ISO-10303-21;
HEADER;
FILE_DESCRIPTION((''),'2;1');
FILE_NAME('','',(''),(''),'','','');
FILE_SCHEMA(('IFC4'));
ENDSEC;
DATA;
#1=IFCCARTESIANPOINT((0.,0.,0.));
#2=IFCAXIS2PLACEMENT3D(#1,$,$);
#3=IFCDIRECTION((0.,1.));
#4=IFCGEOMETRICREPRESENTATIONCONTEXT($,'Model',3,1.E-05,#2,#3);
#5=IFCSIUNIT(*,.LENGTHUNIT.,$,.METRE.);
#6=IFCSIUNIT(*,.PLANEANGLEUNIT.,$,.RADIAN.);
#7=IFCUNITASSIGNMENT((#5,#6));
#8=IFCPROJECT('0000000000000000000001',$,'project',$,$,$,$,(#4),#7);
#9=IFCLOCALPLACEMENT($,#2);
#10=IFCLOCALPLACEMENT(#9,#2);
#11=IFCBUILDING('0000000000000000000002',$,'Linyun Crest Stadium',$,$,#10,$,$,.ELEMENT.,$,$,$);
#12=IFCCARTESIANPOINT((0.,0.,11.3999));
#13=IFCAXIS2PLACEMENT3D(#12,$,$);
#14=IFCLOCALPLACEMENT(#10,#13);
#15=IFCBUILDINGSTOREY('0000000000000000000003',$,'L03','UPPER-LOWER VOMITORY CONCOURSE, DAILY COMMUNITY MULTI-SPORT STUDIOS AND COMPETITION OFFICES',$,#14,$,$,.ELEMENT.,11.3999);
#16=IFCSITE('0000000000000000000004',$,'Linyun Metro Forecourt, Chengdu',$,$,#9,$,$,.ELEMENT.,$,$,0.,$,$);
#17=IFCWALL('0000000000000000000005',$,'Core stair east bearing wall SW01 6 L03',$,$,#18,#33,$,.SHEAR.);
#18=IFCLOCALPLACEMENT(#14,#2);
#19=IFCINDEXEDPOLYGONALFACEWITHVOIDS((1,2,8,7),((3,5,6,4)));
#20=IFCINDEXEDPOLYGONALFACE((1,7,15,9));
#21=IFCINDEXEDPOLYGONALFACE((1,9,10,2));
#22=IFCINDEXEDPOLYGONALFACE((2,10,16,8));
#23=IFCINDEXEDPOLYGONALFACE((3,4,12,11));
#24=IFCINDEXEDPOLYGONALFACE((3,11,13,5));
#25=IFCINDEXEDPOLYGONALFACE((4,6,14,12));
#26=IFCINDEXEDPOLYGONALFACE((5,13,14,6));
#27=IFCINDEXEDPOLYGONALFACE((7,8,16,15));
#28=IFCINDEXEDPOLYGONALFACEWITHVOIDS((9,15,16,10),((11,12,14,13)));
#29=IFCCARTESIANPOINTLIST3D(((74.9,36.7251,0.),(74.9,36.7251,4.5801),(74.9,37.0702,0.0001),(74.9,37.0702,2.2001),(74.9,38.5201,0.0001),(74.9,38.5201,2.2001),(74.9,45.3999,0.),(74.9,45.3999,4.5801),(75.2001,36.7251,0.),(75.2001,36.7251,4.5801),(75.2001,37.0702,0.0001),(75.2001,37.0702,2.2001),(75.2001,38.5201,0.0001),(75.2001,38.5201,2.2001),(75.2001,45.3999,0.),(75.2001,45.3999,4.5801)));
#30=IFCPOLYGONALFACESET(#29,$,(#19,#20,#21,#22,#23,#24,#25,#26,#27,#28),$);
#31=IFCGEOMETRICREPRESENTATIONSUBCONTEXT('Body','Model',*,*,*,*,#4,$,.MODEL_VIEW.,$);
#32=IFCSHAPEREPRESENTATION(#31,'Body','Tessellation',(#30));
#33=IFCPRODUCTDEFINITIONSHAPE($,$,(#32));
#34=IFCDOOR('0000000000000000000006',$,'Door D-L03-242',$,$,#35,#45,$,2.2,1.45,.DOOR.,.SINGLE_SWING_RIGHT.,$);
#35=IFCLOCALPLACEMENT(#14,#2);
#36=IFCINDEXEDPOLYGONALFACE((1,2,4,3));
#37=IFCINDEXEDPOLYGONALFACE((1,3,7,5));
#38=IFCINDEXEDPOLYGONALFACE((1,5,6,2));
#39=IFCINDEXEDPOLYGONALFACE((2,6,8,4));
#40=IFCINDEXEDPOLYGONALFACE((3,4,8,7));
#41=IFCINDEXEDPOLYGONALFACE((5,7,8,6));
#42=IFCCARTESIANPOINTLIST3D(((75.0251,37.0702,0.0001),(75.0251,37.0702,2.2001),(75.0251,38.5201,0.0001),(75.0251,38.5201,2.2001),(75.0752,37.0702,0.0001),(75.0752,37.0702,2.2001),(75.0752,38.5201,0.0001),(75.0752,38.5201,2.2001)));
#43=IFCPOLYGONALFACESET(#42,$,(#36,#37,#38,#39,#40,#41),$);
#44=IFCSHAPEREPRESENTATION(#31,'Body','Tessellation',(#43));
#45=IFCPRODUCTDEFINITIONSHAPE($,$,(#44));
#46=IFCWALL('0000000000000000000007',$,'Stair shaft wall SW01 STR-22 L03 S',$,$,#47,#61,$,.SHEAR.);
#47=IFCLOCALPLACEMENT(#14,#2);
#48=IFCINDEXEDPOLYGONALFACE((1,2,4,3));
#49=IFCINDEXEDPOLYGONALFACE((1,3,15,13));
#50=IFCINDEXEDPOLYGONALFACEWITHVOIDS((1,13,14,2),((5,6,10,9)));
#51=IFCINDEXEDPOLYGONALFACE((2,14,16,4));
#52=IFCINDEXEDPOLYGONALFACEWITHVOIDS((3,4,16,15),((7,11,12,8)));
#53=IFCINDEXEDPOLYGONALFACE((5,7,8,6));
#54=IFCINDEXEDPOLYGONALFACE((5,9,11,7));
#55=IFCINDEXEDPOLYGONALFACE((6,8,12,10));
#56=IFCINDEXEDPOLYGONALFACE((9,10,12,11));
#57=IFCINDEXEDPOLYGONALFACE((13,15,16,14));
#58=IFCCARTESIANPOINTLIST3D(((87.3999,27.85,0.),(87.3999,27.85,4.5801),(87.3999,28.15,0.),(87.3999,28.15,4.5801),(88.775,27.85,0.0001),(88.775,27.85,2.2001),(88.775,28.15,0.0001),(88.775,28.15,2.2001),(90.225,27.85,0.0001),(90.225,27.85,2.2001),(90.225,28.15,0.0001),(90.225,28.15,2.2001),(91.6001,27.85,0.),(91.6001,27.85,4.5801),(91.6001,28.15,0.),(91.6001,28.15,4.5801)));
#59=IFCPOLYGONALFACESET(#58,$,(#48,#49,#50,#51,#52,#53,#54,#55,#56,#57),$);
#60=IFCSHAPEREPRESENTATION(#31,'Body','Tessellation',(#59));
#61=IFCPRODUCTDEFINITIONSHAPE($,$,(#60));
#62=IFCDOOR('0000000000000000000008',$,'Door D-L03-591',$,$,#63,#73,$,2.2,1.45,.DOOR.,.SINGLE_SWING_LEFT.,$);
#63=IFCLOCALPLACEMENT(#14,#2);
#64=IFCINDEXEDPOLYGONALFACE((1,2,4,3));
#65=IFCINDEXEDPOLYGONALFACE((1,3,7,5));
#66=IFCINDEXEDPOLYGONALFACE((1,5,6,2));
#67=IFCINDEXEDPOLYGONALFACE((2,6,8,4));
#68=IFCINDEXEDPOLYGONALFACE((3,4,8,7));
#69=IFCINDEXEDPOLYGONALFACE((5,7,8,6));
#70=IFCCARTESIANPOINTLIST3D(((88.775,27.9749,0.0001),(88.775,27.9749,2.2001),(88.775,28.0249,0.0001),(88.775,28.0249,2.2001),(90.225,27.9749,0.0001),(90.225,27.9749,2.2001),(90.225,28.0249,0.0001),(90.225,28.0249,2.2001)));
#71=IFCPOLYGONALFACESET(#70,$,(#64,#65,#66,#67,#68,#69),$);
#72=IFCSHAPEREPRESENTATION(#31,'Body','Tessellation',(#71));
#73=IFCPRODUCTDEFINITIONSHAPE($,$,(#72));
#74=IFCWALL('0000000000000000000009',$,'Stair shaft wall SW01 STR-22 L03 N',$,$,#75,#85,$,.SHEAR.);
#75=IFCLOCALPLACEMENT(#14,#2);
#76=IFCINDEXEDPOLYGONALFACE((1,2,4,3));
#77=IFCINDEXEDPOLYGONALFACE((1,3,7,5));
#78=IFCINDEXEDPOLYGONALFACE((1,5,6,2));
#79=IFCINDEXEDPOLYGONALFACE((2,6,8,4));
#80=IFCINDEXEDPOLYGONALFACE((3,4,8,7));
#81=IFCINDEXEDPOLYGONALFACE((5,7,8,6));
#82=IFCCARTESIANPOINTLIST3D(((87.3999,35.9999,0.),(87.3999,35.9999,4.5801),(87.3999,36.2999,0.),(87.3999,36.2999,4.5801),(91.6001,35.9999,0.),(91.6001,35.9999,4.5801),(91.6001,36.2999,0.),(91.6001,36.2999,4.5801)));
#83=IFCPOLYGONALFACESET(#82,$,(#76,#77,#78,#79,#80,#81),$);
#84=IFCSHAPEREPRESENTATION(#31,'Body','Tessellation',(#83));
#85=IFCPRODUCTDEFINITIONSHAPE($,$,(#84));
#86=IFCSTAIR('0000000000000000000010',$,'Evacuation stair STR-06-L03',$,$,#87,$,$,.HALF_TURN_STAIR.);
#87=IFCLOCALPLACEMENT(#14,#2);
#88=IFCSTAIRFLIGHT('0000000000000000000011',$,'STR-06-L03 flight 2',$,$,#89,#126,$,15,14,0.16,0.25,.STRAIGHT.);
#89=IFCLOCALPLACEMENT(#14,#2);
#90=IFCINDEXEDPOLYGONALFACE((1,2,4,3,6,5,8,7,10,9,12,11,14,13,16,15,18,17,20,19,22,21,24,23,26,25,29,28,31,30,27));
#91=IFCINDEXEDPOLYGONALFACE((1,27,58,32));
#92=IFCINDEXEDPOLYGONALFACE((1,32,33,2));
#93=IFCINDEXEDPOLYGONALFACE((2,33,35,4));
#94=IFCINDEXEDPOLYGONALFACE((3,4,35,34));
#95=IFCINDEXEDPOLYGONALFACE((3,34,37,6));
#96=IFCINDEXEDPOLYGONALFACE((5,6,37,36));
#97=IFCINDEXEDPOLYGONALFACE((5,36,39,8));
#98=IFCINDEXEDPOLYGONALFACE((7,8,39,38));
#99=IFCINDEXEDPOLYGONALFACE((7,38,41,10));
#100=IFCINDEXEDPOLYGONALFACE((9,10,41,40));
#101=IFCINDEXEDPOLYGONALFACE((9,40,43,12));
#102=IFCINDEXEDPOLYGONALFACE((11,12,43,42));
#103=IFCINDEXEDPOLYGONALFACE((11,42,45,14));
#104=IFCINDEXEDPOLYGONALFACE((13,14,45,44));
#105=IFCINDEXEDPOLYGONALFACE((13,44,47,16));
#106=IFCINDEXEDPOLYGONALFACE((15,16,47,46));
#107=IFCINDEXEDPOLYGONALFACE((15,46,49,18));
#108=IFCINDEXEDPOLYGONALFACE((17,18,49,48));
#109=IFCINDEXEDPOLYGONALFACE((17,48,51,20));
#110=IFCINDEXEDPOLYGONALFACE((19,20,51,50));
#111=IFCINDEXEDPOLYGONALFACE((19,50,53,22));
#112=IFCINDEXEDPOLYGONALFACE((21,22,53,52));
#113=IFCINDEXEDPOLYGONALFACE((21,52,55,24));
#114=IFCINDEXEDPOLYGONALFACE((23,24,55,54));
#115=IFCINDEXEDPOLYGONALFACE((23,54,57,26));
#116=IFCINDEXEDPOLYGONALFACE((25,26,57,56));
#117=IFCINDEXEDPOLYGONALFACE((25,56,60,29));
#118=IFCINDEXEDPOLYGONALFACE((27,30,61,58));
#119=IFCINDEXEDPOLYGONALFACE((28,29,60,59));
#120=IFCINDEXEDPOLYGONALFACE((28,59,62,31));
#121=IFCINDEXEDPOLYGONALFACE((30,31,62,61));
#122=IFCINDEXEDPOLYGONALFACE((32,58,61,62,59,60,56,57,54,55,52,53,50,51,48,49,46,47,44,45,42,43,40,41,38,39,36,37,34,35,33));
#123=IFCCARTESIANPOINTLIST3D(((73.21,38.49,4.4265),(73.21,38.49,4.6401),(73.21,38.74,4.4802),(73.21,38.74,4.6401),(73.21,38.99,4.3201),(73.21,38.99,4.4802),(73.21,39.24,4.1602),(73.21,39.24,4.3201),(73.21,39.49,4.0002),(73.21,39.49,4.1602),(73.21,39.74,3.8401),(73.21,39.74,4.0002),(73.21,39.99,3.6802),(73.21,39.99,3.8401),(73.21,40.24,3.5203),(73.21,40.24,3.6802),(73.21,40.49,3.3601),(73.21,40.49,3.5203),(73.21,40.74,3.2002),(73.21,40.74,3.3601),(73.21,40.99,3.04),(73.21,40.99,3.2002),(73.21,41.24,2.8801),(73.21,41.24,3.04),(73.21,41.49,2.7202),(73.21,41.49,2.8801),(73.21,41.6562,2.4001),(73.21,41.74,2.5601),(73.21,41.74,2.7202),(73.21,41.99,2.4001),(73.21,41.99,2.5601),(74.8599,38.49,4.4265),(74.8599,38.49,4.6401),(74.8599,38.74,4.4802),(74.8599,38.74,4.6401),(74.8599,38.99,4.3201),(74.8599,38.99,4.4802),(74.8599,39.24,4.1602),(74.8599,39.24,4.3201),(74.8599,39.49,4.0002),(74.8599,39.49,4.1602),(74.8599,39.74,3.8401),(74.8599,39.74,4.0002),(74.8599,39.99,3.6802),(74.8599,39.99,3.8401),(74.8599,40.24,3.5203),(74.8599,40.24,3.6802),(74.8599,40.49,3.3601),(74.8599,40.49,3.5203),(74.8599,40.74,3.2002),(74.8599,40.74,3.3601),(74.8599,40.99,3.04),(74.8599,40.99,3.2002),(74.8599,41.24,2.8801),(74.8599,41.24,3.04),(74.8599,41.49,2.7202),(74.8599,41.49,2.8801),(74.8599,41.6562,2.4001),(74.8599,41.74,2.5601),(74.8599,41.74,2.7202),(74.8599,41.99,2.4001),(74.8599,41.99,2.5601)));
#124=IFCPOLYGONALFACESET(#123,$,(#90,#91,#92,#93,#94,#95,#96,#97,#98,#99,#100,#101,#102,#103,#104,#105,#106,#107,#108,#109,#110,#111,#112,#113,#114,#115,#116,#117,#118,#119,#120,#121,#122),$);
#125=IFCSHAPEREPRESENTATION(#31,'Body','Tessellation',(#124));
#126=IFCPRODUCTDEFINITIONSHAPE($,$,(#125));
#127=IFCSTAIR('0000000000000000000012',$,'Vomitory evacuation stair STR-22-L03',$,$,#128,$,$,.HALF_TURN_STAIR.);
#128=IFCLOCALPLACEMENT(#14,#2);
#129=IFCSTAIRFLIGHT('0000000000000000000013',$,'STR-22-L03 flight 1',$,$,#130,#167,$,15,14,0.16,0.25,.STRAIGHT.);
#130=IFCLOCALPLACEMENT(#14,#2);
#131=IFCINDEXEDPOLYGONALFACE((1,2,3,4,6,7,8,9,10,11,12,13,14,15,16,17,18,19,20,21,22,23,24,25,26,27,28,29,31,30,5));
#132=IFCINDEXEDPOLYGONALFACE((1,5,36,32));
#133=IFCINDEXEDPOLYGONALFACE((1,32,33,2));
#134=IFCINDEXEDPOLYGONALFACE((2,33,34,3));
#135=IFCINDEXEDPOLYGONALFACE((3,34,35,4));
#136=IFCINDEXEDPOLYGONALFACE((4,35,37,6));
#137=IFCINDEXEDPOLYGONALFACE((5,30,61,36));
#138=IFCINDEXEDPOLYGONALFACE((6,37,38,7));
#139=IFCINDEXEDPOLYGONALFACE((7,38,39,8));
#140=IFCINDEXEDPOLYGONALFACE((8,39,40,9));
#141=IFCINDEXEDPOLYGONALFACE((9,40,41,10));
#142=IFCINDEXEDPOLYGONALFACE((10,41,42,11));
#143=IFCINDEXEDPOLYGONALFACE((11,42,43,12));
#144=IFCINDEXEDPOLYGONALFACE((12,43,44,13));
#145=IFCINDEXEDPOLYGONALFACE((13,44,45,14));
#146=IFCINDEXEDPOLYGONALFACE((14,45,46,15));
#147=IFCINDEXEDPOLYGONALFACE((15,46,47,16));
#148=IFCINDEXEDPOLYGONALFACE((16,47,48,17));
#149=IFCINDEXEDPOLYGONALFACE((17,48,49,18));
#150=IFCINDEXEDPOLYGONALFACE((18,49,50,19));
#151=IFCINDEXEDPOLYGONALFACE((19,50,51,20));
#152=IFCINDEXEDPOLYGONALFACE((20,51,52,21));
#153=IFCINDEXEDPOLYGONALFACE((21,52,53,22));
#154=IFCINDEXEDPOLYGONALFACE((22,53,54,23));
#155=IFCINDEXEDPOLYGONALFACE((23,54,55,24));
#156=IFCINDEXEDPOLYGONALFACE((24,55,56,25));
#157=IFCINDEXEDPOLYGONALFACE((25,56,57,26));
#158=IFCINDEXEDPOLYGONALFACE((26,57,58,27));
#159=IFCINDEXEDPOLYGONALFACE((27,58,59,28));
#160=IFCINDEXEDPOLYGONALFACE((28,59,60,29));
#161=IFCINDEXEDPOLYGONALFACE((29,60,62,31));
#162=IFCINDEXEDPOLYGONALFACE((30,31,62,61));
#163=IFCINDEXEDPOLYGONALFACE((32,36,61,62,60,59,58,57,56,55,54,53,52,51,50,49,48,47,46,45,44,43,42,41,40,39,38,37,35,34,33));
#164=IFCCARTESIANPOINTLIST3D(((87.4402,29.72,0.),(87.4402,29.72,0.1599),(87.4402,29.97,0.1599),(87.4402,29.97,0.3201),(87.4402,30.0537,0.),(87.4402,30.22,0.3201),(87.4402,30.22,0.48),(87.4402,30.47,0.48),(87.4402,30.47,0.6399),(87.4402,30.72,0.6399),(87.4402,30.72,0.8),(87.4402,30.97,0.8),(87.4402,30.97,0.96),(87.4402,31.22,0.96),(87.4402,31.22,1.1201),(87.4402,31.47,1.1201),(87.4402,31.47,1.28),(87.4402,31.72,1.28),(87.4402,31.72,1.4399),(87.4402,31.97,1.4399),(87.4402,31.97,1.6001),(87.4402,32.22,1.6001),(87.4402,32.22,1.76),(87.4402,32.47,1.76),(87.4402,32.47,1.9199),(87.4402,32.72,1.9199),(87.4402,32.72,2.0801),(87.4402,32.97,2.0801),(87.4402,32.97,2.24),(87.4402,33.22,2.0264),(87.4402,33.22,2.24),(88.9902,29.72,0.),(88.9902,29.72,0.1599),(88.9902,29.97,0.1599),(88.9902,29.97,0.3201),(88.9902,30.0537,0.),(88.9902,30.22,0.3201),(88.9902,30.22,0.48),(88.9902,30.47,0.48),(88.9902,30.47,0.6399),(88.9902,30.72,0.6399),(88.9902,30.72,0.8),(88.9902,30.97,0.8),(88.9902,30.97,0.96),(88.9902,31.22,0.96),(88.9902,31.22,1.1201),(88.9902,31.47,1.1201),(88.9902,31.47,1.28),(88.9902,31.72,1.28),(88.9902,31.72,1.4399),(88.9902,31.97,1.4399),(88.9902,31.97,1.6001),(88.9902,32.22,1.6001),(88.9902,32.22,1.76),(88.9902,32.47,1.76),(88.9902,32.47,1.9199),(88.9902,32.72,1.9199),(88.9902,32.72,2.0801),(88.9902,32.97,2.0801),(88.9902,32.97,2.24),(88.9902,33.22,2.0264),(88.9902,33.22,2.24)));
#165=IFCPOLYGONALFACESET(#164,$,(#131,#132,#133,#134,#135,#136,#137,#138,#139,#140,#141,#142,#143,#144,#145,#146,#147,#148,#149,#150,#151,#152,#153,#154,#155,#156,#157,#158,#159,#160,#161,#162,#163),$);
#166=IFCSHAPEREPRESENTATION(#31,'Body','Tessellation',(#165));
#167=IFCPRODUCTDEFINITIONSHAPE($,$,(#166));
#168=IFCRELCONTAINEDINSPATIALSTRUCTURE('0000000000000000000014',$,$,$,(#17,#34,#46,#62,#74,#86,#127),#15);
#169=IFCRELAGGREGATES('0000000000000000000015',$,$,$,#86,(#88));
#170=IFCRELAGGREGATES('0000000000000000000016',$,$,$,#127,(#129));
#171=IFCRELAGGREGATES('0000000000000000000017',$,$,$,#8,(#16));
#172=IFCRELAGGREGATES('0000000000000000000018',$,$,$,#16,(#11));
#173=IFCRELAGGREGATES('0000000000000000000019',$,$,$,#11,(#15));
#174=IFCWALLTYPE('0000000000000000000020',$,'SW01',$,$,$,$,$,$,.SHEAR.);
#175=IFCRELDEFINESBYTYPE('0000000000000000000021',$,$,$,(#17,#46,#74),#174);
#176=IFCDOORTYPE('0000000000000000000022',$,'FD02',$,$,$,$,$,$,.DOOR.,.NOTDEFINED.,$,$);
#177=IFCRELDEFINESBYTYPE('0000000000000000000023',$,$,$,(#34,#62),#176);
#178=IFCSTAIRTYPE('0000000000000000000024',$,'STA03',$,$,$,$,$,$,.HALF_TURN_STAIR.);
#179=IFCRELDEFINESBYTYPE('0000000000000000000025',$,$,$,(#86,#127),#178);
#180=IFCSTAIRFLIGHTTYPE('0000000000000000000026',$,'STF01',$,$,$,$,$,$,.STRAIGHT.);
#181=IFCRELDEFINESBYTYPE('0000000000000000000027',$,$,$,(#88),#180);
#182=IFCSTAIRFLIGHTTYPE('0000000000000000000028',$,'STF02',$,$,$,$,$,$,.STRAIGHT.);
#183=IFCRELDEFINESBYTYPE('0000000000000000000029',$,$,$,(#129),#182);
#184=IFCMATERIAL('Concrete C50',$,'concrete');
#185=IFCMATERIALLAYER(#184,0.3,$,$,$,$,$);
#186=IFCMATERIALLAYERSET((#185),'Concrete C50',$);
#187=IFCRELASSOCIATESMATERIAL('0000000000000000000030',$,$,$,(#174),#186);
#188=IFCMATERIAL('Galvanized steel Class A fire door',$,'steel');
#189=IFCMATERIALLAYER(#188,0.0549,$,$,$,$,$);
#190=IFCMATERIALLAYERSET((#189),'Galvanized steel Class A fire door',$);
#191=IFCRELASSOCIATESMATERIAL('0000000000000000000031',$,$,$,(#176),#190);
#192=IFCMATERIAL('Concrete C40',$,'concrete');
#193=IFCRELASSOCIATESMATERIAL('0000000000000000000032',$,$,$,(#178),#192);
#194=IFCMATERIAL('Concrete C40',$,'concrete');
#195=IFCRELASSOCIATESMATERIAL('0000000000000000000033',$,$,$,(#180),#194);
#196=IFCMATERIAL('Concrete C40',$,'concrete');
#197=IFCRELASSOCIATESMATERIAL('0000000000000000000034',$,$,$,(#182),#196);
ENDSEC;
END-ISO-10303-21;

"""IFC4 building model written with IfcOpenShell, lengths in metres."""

from ifc_helpers import new_model, si_unit, direction, frame, frame_2d, origin, place, context, subcontext, project, spatial, polyline, rectangle, outline, extrude, material, layer, layer_set, type_object, element, fill, aggregate, save


model = new_model("IFC4")

# Units and contexts
model_context = context("Model", 3, precision=1e-05, world=origin(), true_north=direction((0.0, 1.0)))
body_context = subcontext(model_context, "Body", "Model", "MODEL_VIEW")
ifc_project = project(units=[si_unit("LENGTHUNIT", "METRE"), si_unit("PLANEANGLEUNIT", "RADIAN")], contexts=[model_context])

# Site, building, storey
site_placement = place(None, origin())
site = spatial("IfcSite", under=ifc_project, at=site_placement, Name="Linyun Metro Forecourt, Chengdu", CompositionType="ELEMENT", RefElevation=0.0)
building_placement = place(site_placement, origin())
building = spatial("IfcBuilding", under=site, at=building_placement, Name="Linyun Crest Stadium", CompositionType="ELEMENT")
storey_placement = place(building_placement, frame((0.0, 0.0, 11.3999)))
storey = spatial("IfcBuildingStorey", under=building, at=storey_placement, Name="L03", Description="UPPER-LOWER VOMITORY CONCOURSE, DAILY COMMUNITY MULTI-SPORT STUDIOS AND COMPETITION OFFICES", CompositionType="ELEMENT", Elevation=11.3999)

# Walls, openings, doors
ifc_material_1 = material(Name="Concrete C50", Category="concrete")
ifc_layer_1 = layer(ifc_material_1, 0.3)
ifc_layer_set_1 = layer_set([ifc_layer_1], Name="Concrete C50")
wall_type_1 = type_object("IfcWallType", Name="SW01", PredefinedType="SHEAR", material=ifc_layer_set_1)
wall_1_placement = place(storey_placement, frame((75.05, 36.7251, 0.0), z_axis=(0.0, 0.0, 1.0), x_axis=(0.0, 1.0, 0.0)))
wall_1 = element("IfcWall", 1, at=wall_1_placement, inside=storey, type_object=wall_type_1, Name="Core stair east bearing wall SW01 6 L03", PredefinedType="SHEAR", context=body_context, shape_type="SweptSolid", body=[
    extrude(rectangle(XDim=8.6748, YDim=0.3, at=frame_2d((4.3374, 0.0))), origin(), (0.0, 0.0, 1.0), 4.5801),
])
opening_1_placement = place(wall_1_placement, frame((0.345, 0.0, 0.0)))
opening_1 = element("IfcOpeningElement", 2, at=opening_1_placement, cuts=wall_1, PredefinedType="OPENING", context=body_context, shape_type="SweptSolid", body=[
    extrude(rectangle(XDim=1.45, YDim=2.2, at=frame_2d((0.7251, 1.1001))), frame((0.0, 0.1599, 0.0), z_axis=(0.0, -1.0, 0.0), x_axis=(1.0, 0.0, 0.0)), (0.0, 0.0, 1.0), 0.3201),
])
ifc_material_2 = material(Name="Galvanized steel Class A fire door", Category="steel")
ifc_layer_2 = layer(ifc_material_2, 0.0549)
ifc_layer_set_2 = layer_set([ifc_layer_2], Name="Galvanized steel Class A fire door")
door_type_1 = type_object("IfcDoorType", Name="FD02", OperationType="NOTDEFINED", PredefinedType="DOOR", material=ifc_layer_set_2)
door_1_placement = place(opening_1_placement, origin())
door_1 = element("IfcDoor", 3, at=door_1_placement, inside=storey, type_object=door_type_1, Name="Door D-L03-242", OperationType="SINGLE_SWING_RIGHT", OverallHeight=2.2, OverallWidth=1.45, PredefinedType="DOOR", context=body_context, shape_type="SweptSolid", body=[
    extrude(rectangle(XDim=1.45, YDim=2.2, at=frame_2d((0.7251, 1.1001))), frame((0.0, 0.0249, 0.0), z_axis=(0.0, -1.0, 0.0), x_axis=(1.0, 0.0, 0.0)), (0.0, 0.0, 1.0), 0.05),
])
fill(opening_1, door_1)
wall_2_placement = place(storey_placement, frame((87.3999, 28.0, 0.0), z_axis=(0.0, 0.0, 1.0), x_axis=(1.0, 0.0, 0.0)))
wall_2 = element("IfcWall", 4, at=wall_2_placement, inside=storey, type_object=wall_type_1, Name="Stair shaft wall SW01 STR-22 L03 S", PredefinedType="SHEAR", context=body_context, shape_type="SweptSolid", body=[
    extrude(rectangle(XDim=4.2002, YDim=0.3, at=frame_2d((2.1001, 0.0))), origin(), (0.0, 0.0, 1.0), 4.5801),
])
opening_2_placement = place(wall_2_placement, frame((1.375, 0.0, 0.0)))
opening_2 = element("IfcOpeningElement", 5, at=opening_2_placement, cuts=wall_2, PredefinedType="OPENING", context=body_context, shape_type="SweptSolid", body=[
    extrude(rectangle(XDim=1.45, YDim=2.2, at=frame_2d((0.7251, 1.1001))), frame((0.0, 0.1599, 0.0), z_axis=(0.0, -1.0, 0.0), x_axis=(1.0, 0.0, 0.0)), (0.0, 0.0, 1.0), 0.3201),
])
door_2_placement = place(opening_2_placement, origin())
door_2 = element("IfcDoor", 6, at=door_2_placement, inside=storey, type_object=door_type_1, Name="Door D-L03-591", OperationType="SINGLE_SWING_LEFT", OverallHeight=2.2, OverallWidth=1.45, PredefinedType="DOOR", context=body_context, shape_type="SweptSolid", body=[
    extrude(rectangle(XDim=1.45, YDim=2.2, at=frame_2d((0.7251, 1.1001))), frame((0.0, 0.0249, 0.0), z_axis=(0.0, -1.0, 0.0), x_axis=(1.0, 0.0, 0.0)), (0.0, 0.0, 1.0), 0.05),
])
fill(opening_2, door_2)

# Wall
wall_3_placement = place(storey_placement, frame((87.3999, 36.1499, 0.0), z_axis=(0.0, 0.0, 1.0), x_axis=(1.0, 0.0, 0.0)))
element("IfcWall", 7, at=wall_3_placement, inside=storey, type_object=wall_type_1, Name="Stair shaft wall SW01 STR-22 L03 N", PredefinedType="SHEAR", context=body_context, shape_type="SweptSolid", body=[
    extrude(rectangle(XDim=4.2002, YDim=0.3, at=frame_2d((2.1001, 0.0))), origin(), (0.0, 0.0, 1.0), 4.5801),
])

# Stair, stair flight
ifc_material_3 = material(Name="Concrete C40", Category="concrete")
stair_type = type_object("IfcStairType", Name="STA03", PredefinedType="HALF_TURN_STAIR", material=ifc_material_3)
stair_1_placement = place(storey_placement, origin())
stair_1 = element("IfcStair", 8, at=stair_1_placement, inside=storey, type_object=stair_type, Name="Evacuation stair STR-06-L03", PredefinedType="HALF_TURN_STAIR")
ifc_material_4 = material(Name="Concrete C40", Category="concrete")
stair_flight_type_1 = type_object("IfcStairFlightType", Name="STF01", PredefinedType="STRAIGHT", material=ifc_material_4)
stair_flight_1_placement = place(storey_placement, frame((74.0349, 41.99, 2.4001), z_axis=(0.0, 0.0, 1.0), x_axis=(0.0, -1.0, 0.0)))
stair_flight_1 = element("IfcStairFlight", 9, at=stair_flight_1_placement, type_object=stair_flight_type_1, Name="STR-06-L03 flight 2", NumberOfRisers=15, NumberOfTreads=14, PredefinedType="STRAIGHT", RiserHeight=0.16, TreadLength=0.25, context=body_context, shape_type="SweptSolid", body=[
    extrude(outline(polyline([(0.0, 0.0), (0.0, 0.1599), (0.25, 0.1599), (0.25, 0.3201), (0.5, 0.3201), (0.5, 0.48), (0.75, 0.48), (0.75, 0.6399), (1.0, 0.6399), (1.0, 0.8), (1.25, 0.8), (1.25, 0.96), (1.5, 0.96), (1.5, 1.1201), (1.75, 1.1201), (1.75, 1.28), (2.0, 1.28), (2.0, 1.4399), (2.25, 1.4399), (2.25, 1.6001), (2.5, 1.6001), (2.5, 1.76), (2.75, 1.76), (2.75, 1.9199), (3.0, 1.9199), (3.0, 2.0801), (3.25, 2.0801), (3.25, 2.24), (3.5, 2.24), (3.5, 2.3999), (3.5, 2.0264), (0.3337, 0.0), (0.0, 0.0)])), frame((0.0, 0.825, 0.0), z_axis=(0.0, -1.0, 0.0), x_axis=(1.0, 0.0, 0.0)), (0.0, 0.0, 1.0), 1.6499),
])
aggregate(stair_1, [stair_flight_1])

# Stair, stair flight
stair_2_placement = place(storey_placement, origin())
stair_2 = element("IfcStair", 10, at=stair_2_placement, inside=storey, type_object=stair_type, Name="Vomitory evacuation stair STR-22-L03", PredefinedType="HALF_TURN_STAIR")
ifc_material_5 = material(Name="Concrete C40", Category="concrete")
stair_flight_type_2 = type_object("IfcStairFlightType", Name="STF02", PredefinedType="STRAIGHT", material=ifc_material_5)
stair_flight_2_placement = place(storey_placement, frame((88.2151, 29.72, 0.0), z_axis=(0.0, 0.0, 1.0), x_axis=(0.0, 1.0, 0.0)))
stair_flight_2 = element("IfcStairFlight", 11, at=stair_flight_2_placement, type_object=stair_flight_type_2, Name="STR-22-L03 flight 1", NumberOfRisers=15, NumberOfTreads=14, PredefinedType="STRAIGHT", RiserHeight=0.16, TreadLength=0.25, context=body_context, shape_type="SweptSolid", body=[
    extrude(outline(polyline([(0.0, 0.0), (0.0, 0.1599), (0.25, 0.1599), (0.25, 0.3201), (0.5, 0.3201), (0.5, 0.48), (0.75, 0.48), (0.75, 0.6399), (1.0, 0.6399), (1.0, 0.8), (1.25, 0.8), (1.25, 0.96), (1.5, 0.96), (1.5, 1.1201), (1.75, 1.1201), (1.75, 1.28), (2.0, 1.28), (2.0, 1.4399), (2.25, 1.4399), (2.25, 1.6001), (2.5, 1.6001), (2.5, 1.76), (2.75, 1.76), (2.75, 1.9199), (3.0, 1.9199), (3.0, 2.0801), (3.25, 2.0801), (3.25, 2.24), (3.5, 2.24), (3.5, 2.3999), (3.5, 2.0264), (0.3337, 0.0), (0.0, 0.0)])), frame((0.0, 0.7749, 0.0), z_axis=(0.0, -1.0, 0.0), x_axis=(1.0, 0.0, 0.0)), (0.0, 0.0, 1.0), 1.55),
])
aggregate(stair_2, [stair_flight_2])

save(model, "model.ifc")
